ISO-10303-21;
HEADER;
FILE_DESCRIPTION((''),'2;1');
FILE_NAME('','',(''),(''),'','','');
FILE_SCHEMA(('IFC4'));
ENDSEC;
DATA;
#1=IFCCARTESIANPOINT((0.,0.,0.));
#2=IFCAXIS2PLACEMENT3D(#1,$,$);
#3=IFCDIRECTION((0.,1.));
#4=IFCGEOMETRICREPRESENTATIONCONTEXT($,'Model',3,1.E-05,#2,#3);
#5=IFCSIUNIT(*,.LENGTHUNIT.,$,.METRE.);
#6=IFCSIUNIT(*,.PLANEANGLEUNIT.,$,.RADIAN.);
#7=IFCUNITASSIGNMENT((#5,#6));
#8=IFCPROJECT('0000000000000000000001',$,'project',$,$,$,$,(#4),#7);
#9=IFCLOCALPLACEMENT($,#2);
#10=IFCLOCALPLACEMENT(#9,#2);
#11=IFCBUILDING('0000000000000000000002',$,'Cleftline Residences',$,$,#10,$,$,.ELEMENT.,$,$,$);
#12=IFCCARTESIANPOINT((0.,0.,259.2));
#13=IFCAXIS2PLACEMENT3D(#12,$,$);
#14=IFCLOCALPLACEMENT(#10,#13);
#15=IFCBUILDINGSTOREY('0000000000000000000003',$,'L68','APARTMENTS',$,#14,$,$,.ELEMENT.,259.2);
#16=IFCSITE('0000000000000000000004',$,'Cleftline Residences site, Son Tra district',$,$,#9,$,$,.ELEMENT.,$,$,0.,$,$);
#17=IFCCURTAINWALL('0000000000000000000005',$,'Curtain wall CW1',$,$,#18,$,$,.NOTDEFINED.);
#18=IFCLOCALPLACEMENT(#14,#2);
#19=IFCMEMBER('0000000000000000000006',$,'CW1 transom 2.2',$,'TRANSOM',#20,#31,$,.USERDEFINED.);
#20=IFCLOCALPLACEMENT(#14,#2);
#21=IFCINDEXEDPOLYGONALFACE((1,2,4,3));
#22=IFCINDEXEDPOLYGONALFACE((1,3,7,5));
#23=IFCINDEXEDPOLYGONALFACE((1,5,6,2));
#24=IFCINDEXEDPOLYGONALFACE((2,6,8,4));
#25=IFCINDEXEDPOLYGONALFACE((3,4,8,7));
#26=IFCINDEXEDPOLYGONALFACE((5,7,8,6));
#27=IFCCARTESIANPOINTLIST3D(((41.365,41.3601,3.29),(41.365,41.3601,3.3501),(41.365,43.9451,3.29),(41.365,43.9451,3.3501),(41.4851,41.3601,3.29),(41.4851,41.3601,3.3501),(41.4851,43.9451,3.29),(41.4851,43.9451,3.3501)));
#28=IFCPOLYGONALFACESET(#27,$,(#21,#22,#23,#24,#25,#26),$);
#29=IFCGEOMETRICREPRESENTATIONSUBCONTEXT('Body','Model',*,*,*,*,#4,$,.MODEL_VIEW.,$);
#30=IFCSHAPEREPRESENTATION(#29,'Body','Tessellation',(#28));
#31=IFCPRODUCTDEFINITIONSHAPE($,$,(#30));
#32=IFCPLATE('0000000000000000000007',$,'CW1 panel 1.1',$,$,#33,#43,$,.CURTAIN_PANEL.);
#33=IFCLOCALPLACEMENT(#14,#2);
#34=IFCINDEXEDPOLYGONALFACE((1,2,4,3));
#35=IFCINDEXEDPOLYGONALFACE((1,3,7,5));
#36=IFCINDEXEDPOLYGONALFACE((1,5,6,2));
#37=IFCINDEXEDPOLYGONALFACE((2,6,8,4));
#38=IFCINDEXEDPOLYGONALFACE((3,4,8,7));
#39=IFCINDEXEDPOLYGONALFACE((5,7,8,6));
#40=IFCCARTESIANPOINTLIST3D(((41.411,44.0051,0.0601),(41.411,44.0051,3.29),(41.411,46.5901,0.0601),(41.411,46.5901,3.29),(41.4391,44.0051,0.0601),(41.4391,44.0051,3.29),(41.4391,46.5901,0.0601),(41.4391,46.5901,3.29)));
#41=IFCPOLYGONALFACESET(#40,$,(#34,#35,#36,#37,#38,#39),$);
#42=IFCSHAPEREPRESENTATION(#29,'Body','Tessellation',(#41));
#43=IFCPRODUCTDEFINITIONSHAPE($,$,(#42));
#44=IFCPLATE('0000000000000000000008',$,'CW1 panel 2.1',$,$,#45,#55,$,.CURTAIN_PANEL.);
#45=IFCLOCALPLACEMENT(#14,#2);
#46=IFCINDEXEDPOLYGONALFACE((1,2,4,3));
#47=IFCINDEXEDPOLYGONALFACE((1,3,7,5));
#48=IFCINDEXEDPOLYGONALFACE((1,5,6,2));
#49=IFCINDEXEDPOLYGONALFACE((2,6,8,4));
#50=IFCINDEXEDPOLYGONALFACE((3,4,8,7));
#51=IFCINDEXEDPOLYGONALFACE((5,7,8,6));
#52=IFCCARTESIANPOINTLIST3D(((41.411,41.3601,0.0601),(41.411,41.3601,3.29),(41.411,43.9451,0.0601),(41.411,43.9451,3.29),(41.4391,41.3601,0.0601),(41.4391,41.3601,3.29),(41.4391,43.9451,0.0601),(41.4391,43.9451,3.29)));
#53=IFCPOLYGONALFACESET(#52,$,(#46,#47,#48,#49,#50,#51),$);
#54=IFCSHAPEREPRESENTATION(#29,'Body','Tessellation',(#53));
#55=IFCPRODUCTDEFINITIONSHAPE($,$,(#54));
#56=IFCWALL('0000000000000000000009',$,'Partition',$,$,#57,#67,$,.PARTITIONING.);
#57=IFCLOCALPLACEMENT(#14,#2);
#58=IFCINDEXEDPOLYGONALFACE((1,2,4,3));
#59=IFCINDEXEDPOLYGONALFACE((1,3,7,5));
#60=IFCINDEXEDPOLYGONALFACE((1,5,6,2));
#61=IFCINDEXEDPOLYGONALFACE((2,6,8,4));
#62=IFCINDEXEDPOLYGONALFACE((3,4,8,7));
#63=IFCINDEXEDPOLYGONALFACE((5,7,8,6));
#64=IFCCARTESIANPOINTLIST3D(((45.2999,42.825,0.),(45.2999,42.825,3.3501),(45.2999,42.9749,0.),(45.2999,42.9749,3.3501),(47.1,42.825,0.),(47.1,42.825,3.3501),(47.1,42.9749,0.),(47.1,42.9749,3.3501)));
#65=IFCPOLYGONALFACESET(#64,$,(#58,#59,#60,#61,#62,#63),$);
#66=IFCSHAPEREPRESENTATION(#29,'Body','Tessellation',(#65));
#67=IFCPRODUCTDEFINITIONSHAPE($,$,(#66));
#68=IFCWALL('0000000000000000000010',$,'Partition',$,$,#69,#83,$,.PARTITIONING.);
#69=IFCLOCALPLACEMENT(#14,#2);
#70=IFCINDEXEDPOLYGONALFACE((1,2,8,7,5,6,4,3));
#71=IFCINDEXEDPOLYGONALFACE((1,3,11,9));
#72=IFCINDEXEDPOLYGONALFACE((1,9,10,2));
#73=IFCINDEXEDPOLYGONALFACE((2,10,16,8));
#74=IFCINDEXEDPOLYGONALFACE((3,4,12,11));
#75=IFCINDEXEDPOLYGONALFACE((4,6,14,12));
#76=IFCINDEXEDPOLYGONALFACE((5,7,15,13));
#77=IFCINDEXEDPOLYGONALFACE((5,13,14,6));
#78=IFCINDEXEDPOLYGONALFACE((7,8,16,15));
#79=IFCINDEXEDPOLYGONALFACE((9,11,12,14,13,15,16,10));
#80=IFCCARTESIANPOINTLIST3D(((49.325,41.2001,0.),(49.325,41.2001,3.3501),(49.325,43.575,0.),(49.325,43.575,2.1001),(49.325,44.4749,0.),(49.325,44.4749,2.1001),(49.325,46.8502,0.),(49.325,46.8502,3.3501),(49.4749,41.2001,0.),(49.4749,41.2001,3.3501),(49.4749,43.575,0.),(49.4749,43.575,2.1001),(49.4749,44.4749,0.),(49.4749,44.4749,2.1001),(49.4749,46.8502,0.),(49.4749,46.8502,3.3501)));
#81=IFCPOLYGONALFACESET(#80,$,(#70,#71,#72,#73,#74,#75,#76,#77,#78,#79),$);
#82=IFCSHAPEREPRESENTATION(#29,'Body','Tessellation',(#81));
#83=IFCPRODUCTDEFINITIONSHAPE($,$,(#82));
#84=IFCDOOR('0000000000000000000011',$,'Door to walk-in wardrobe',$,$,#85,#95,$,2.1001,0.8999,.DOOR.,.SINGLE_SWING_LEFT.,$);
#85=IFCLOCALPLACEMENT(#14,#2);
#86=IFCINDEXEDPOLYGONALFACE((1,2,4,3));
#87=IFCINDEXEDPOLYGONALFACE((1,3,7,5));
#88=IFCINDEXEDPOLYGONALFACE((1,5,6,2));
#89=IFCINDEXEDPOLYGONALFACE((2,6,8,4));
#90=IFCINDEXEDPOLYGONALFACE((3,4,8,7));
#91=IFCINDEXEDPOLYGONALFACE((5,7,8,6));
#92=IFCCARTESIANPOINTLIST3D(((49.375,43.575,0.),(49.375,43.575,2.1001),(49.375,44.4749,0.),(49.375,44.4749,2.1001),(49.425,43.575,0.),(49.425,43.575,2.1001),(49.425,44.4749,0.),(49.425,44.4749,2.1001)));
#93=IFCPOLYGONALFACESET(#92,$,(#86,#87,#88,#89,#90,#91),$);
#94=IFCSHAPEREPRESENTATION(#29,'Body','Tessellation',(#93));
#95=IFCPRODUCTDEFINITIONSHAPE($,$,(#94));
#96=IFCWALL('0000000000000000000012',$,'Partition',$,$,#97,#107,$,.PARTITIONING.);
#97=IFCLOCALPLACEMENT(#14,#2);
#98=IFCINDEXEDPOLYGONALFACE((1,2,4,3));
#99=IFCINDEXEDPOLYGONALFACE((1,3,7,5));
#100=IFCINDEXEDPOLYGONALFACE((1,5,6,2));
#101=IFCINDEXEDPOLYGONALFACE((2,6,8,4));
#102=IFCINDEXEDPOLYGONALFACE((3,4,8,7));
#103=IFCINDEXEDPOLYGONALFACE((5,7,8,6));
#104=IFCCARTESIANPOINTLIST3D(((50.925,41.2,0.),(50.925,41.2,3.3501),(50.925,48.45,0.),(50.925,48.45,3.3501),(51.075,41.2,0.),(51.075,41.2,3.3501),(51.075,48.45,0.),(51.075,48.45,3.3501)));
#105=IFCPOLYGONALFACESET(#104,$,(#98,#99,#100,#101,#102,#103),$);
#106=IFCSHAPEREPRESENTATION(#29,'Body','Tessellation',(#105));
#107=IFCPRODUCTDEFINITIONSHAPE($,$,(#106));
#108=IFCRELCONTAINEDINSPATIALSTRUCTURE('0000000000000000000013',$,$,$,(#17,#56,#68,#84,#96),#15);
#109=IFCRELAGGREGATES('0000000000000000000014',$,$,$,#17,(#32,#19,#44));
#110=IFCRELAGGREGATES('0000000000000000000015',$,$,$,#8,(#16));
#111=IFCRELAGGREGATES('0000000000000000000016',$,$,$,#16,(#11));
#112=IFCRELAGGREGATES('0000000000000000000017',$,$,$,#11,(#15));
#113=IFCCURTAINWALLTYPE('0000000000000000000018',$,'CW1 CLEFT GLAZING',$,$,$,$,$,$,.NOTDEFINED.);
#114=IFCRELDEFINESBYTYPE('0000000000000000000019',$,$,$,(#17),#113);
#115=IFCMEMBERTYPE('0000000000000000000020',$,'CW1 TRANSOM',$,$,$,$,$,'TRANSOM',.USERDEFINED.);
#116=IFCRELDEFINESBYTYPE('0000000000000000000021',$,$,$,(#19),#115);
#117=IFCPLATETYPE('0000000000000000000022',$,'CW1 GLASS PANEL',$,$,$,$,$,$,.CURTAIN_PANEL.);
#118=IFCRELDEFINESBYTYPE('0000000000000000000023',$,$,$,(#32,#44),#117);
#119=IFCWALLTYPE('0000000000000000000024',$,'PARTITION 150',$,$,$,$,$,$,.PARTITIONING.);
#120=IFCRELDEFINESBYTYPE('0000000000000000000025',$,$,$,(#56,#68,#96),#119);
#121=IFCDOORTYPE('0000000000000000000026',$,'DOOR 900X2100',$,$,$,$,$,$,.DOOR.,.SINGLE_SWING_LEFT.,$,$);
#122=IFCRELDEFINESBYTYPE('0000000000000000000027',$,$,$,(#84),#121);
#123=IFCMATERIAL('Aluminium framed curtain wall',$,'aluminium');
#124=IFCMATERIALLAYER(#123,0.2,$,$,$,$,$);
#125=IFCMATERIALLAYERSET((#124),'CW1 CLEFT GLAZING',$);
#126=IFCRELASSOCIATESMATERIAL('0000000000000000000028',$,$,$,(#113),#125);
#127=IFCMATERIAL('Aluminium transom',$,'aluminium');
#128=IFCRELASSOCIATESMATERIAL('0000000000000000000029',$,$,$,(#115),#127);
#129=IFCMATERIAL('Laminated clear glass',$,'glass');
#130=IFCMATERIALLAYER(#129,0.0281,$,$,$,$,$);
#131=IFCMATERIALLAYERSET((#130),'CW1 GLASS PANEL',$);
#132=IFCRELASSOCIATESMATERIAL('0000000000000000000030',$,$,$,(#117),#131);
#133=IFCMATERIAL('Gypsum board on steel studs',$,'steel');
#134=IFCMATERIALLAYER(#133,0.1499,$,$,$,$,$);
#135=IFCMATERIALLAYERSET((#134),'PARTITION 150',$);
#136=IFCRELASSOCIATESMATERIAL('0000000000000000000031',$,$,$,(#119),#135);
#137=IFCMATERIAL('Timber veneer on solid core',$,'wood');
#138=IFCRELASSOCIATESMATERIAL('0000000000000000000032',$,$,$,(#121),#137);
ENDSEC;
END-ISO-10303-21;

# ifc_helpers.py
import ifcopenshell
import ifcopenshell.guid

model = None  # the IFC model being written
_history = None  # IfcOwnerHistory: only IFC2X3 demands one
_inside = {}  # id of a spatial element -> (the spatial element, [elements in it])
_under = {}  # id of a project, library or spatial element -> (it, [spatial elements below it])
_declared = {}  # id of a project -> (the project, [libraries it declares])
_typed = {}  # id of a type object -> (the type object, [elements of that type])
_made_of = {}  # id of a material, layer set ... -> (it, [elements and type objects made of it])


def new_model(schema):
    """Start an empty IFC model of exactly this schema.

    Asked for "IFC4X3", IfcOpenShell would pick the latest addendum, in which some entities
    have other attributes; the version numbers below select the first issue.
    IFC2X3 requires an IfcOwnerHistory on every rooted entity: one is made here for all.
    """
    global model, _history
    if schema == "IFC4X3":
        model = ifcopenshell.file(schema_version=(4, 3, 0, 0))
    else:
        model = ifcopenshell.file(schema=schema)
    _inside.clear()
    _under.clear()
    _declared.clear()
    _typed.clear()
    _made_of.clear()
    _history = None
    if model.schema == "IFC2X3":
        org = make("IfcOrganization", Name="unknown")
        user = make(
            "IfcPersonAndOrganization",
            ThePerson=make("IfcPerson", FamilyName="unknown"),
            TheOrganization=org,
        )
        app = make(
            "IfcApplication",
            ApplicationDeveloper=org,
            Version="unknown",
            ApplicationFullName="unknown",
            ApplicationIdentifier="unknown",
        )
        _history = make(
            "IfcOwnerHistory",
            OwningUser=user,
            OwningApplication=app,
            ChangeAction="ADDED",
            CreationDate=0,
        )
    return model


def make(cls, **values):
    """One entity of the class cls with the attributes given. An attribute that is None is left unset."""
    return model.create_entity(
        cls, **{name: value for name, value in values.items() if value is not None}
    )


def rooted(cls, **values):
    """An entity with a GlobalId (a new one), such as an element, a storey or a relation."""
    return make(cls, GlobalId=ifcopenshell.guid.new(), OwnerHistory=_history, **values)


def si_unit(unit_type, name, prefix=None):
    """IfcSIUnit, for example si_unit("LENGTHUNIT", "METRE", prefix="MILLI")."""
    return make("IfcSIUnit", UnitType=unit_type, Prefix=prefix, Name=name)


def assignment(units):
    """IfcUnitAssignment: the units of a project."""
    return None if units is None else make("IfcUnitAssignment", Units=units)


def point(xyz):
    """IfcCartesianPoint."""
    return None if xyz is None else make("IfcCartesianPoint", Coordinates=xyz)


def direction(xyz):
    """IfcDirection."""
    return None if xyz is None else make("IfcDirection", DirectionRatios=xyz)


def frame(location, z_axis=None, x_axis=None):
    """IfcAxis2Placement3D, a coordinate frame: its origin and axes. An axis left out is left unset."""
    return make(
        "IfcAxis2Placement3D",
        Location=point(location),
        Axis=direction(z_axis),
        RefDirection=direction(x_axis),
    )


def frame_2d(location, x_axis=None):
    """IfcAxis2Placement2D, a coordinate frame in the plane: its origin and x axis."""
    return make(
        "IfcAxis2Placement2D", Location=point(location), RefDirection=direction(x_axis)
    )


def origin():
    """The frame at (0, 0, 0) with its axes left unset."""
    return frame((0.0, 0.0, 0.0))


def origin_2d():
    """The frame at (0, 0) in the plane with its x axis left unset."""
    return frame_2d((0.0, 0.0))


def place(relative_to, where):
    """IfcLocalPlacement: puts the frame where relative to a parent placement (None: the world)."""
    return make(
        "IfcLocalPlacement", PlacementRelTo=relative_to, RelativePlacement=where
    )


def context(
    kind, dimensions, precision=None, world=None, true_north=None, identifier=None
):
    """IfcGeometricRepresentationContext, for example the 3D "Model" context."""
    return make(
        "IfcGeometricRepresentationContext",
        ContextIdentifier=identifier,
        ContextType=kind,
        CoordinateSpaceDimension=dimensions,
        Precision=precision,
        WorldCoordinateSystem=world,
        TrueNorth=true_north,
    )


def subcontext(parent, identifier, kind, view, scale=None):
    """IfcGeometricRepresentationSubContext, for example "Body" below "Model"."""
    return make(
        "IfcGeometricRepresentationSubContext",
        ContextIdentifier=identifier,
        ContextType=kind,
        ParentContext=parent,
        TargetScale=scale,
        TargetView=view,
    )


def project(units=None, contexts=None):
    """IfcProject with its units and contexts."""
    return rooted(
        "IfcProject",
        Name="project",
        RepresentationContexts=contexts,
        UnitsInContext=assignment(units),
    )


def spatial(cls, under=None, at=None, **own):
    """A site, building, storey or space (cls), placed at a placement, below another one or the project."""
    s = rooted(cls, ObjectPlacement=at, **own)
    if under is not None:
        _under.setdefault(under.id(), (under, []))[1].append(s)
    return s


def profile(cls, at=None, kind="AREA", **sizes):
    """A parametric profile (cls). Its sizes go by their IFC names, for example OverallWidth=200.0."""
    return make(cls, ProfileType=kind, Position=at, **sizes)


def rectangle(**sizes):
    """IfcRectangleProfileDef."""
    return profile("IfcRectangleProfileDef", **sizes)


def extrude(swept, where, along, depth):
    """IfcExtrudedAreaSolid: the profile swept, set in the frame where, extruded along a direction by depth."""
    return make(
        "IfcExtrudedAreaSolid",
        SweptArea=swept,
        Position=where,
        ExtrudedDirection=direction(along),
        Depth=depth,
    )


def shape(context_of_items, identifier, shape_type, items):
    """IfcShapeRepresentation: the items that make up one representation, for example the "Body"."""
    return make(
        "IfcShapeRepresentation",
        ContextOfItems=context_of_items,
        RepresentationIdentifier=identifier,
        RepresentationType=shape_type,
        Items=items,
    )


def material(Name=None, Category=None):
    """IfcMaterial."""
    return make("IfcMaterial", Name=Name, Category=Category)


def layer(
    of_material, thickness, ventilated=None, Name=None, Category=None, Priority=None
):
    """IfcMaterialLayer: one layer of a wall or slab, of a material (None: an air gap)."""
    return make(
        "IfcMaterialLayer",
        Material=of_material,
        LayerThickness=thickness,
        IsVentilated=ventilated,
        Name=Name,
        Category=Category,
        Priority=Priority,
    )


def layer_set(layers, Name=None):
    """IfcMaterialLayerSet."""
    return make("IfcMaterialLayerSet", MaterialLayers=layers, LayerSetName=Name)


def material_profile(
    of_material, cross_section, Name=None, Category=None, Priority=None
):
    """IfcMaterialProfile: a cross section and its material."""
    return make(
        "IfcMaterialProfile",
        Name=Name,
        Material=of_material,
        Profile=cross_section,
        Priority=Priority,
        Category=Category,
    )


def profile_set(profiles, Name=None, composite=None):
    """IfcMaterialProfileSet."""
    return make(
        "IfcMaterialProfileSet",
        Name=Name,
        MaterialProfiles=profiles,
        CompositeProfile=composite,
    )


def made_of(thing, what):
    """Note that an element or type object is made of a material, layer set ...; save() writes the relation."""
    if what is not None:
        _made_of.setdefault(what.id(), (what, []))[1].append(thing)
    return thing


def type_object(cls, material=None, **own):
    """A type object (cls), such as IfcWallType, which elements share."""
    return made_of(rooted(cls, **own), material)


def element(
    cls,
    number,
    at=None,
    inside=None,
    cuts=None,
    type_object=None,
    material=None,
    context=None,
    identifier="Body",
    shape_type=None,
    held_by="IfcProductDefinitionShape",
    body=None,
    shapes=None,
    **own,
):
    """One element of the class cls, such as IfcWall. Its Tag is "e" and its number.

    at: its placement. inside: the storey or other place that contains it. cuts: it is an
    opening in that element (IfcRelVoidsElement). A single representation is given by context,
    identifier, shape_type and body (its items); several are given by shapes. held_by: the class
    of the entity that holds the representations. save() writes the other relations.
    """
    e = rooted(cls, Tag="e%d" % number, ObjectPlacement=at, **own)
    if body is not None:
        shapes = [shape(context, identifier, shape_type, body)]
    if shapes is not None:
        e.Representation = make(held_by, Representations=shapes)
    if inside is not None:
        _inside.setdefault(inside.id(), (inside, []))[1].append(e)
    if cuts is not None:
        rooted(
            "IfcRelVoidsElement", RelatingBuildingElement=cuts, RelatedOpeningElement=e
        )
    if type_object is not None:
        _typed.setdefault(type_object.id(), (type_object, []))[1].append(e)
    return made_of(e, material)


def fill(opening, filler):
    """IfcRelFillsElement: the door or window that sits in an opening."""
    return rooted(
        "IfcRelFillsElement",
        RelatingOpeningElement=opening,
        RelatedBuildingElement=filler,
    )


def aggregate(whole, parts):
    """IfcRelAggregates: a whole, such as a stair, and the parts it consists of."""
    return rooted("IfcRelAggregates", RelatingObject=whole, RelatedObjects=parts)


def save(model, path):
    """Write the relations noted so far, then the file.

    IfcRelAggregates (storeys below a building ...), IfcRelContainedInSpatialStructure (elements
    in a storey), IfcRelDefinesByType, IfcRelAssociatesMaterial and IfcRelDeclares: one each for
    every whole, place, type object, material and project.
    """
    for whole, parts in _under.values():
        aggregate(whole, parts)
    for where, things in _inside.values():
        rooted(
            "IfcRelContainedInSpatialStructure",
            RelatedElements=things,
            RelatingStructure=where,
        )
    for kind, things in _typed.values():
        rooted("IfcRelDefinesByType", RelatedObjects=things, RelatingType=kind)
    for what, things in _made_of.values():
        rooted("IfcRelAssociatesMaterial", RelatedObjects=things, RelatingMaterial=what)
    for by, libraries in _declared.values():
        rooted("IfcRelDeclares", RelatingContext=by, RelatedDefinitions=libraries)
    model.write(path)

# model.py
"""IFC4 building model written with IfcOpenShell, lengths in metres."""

from ifc_helpers import new_model, si_unit, direction, frame, frame_2d, origin, origin_2d, place, context, subcontext, project, spatial, rectangle, extrude, material, layer, layer_set, material_profile, profile_set, type_object, element, fill, aggregate, save


model = new_model("IFC4")

# Units and contexts
model_context = context("Model", 3, precision=1e-05, world=origin(), true_north=direction((0.0, 1.0)))
body_context = subcontext(model_context, "Body", "Model", "MODEL_VIEW")
ifc_project = project(units=[si_unit("LENGTHUNIT", "METRE"), si_unit("PLANEANGLEUNIT", "RADIAN")], contexts=[model_context])

# Site, building, storey
site_placement = place(None, origin())
site = spatial("IfcSite", under=ifc_project, at=site_placement, Name="Cleftline Residences site, Son Tra district", CompositionType="ELEMENT", RefElevation=0.0)
building_placement = place(site_placement, origin())
building = spatial("IfcBuilding", under=site, at=building_placement, Name="Cleftline Residences", CompositionType="ELEMENT")
storey_placement = place(building_placement, frame((0.0, 0.0, 259.2)))
storey = spatial("IfcBuildingStorey", under=building, at=storey_placement, Name="L68", Description="APARTMENTS", CompositionType="ELEMENT", Elevation=259.2)

# Curtain wall, member, plates
ifc_material_1 = material(Name="Aluminium framed curtain wall", Category="aluminium")
ifc_layer_1 = layer(ifc_material_1, 0.2)
ifc_layer_set_1 = layer_set([ifc_layer_1], Name="CW1 CLEFT GLAZING")
curtain_wall_type = type_object("IfcCurtainWallType", Name="CW1 CLEFT GLAZING", PredefinedType="NOTDEFINED", material=ifc_layer_set_1)
curtain_wall_placement = place(storey_placement, origin())
curtain_wall = element("IfcCurtainWall", 1, at=curtain_wall_placement, inside=storey, type_object=curtain_wall_type, Name="Curtain wall CW1", PredefinedType="NOTDEFINED")
ifc_material_2 = material(Name="Aluminium transom", Category="aluminium")
ifc_material_profile_1 = material_profile(ifc_material_2, rectangle(XDim=0.1201, YDim=0.0601, at=origin_2d()))
ifc_profile_set_1 = profile_set([ifc_material_profile_1], Name="Aluminium transom")
member_type = type_object("IfcMemberType", Name="CW1 TRANSOM", ElementType="TRANSOM", PredefinedType="USERDEFINED", material=ifc_profile_set_1)
member_1_placement = place(storey_placement, frame((41.425, 43.9451, 3.3201), z_axis=(0.0, -1.0, 0.0), x_axis=(1.0, 0.0, 0.0)))
member_1 = element("IfcMember", 2, at=member_1_placement, type_object=member_type, Name="CW1 transom 2.2", ObjectType="TRANSOM", PredefinedType="USERDEFINED", context=body_context, shape_type="SweptSolid", body=[
    extrude(rectangle(XDim=0.1201, YDim=0.0601, at=origin_2d()), origin(), (0.0, 0.0, 1.0), 2.585),
])
ifc_material_3 = material(Name="Laminated clear glass", Category="glass")
ifc_layer_2 = layer(ifc_material_3, 0.0281)
ifc_layer_set_2 = layer_set([ifc_layer_2], Name="CW1 GLASS PANEL")
plate_type = type_object("IfcPlateType", Name="CW1 GLASS PANEL", PredefinedType="CURTAIN_PANEL", material=ifc_layer_set_2)
plate_1_placement = place(storey_placement, frame((41.425, 45.2976, 0.0601), z_axis=(0.0, 0.0, 1.0), x_axis=(0.0, -1.0, 0.0)))
plate_1 = element("IfcPlate", 3, at=plate_1_placement, type_object=plate_type, Name="CW1 panel 1.1", PredefinedType="CURTAIN_PANEL", context=body_context, shape_type="SweptSolid", body=[
    extrude(rectangle(XDim=2.585, YDim=0.0281, at=origin_2d()), origin(), (0.0, 0.0, 1.0), 3.23),
])
plate_2_placement = place(storey_placement, frame((41.425, 42.6526, 0.0601), z_axis=(0.0, 0.0, 1.0), x_axis=(0.0, -1.0, 0.0)))
plate_2 = element("IfcPlate", 4, at=plate_2_placement, type_object=plate_type, Name="CW1 panel 2.1", PredefinedType="CURTAIN_PANEL", context=body_context, shape_type="SweptSolid", body=[
    extrude(rectangle(XDim=2.585, YDim=0.0281, at=origin_2d()), origin(), (0.0, 0.0, 1.0), 3.23),
])
aggregate(curtain_wall, [plate_1, member_1, plate_2])

# Wall
ifc_material_4 = material(Name="Gypsum board on steel studs", Category="steel")
ifc_layer_3 = layer(ifc_material_4, 0.1499)
ifc_layer_set_3 = layer_set([ifc_layer_3], Name="PARTITION 150")
wall_type = type_object("IfcWallType", Name="PARTITION 150", PredefinedType="PARTITIONING", material=ifc_layer_set_3)
wall_1_placement = place(storey_placement, frame((45.3, 42.8999, 0.0), z_axis=(0.0, 0.0, 1.0), x_axis=(1.0, 0.0, 0.0)))
element("IfcWall", 5, at=wall_1_placement, inside=storey, type_object=wall_type, Name="Partition", PredefinedType="PARTITIONING", context=body_context, shape_type="SweptSolid", body=[
    extrude(rectangle(XDim=1.8, YDim=0.1499, at=frame_2d((0.8999, 0.0))), origin(), (0.0, 0.0, 1.0), 3.3501),
])

# Wall, opening, door
wall_2_placement = place(storey_placement, frame((49.3999, 41.2, 0.0), z_axis=(0.0, 0.0, 1.0), x_axis=(0.0, 1.0, 0.0)))
wall_2 = element("IfcWall", 6, at=wall_2_placement, inside=storey, type_object=wall_type, Name="Partition", PredefinedType="PARTITIONING", context=body_context, shape_type="SweptSolid", body=[
    extrude(rectangle(XDim=5.6501, YDim=0.1499, at=frame_2d((2.8252, 0.0))), origin(), (0.0, 0.0, 1.0), 3.3501),
])
opening_placement = place(wall_2_placement, frame((2.375, 0.0, 0.0)))
opening = element("IfcOpeningElement", 7, at=opening_placement, cuts=wall_2, PredefinedType="OPENING", context=body_context, shape_type="SweptSolid", body=[
    extrude(rectangle(XDim=0.8999, YDim=2.1001, at=frame_2d((0.45, 1.05))), frame((0.0, 0.085, 0.0), z_axis=(0.0, -1.0, 0.0), x_axis=(1.0, 0.0, 0.0)), (0.0, 0.0, 1.0), 0.1699),
])
ifc_material_5 = material(Name="Timber veneer on solid core", Category="wood")
door_type = type_object("IfcDoorType", Name="DOOR 900X2100", OperationType="SINGLE_SWING_LEFT", PredefinedType="DOOR", material=ifc_material_5)
door_placement = place(opening_placement, origin())
door = element("IfcDoor", 8, at=door_placement, inside=storey, type_object=door_type, Name="Door to walk-in wardrobe", OperationType="SINGLE_SWING_LEFT", OverallHeight=2.1001, OverallWidth=0.8999, PredefinedType="DOOR", context=body_context, shape_type="SweptSolid", body=[
    extrude(rectangle(XDim=0.8999, YDim=2.1001, at=frame_2d((0.45, 1.05))), frame((0.0, 0.0249, 0.0), z_axis=(0.0, -1.0, 0.0), x_axis=(1.0, 0.0, 0.0)), (0.0, 0.0, 1.0), 0.05),
])
fill(opening, door)

# Wall
wall_3_placement = place(storey_placement, frame((51.0, 41.2, 0.0), z_axis=(0.0, 0.0, 1.0), x_axis=(0.0, 1.0, 0.0)))
element("IfcWall", 9, at=wall_3_placement, inside=storey, type_object=wall_type, Name="Partition", PredefinedType="PARTITIONING", context=body_context, shape_type="SweptSolid", body=[
    extrude(rectangle(XDim=7.25, YDim=0.1499, at=frame_2d((3.625, 0.0))), origin(), (0.0, 0.0, 1.0), 3.3501),
])

save(model, "model.ifc")
